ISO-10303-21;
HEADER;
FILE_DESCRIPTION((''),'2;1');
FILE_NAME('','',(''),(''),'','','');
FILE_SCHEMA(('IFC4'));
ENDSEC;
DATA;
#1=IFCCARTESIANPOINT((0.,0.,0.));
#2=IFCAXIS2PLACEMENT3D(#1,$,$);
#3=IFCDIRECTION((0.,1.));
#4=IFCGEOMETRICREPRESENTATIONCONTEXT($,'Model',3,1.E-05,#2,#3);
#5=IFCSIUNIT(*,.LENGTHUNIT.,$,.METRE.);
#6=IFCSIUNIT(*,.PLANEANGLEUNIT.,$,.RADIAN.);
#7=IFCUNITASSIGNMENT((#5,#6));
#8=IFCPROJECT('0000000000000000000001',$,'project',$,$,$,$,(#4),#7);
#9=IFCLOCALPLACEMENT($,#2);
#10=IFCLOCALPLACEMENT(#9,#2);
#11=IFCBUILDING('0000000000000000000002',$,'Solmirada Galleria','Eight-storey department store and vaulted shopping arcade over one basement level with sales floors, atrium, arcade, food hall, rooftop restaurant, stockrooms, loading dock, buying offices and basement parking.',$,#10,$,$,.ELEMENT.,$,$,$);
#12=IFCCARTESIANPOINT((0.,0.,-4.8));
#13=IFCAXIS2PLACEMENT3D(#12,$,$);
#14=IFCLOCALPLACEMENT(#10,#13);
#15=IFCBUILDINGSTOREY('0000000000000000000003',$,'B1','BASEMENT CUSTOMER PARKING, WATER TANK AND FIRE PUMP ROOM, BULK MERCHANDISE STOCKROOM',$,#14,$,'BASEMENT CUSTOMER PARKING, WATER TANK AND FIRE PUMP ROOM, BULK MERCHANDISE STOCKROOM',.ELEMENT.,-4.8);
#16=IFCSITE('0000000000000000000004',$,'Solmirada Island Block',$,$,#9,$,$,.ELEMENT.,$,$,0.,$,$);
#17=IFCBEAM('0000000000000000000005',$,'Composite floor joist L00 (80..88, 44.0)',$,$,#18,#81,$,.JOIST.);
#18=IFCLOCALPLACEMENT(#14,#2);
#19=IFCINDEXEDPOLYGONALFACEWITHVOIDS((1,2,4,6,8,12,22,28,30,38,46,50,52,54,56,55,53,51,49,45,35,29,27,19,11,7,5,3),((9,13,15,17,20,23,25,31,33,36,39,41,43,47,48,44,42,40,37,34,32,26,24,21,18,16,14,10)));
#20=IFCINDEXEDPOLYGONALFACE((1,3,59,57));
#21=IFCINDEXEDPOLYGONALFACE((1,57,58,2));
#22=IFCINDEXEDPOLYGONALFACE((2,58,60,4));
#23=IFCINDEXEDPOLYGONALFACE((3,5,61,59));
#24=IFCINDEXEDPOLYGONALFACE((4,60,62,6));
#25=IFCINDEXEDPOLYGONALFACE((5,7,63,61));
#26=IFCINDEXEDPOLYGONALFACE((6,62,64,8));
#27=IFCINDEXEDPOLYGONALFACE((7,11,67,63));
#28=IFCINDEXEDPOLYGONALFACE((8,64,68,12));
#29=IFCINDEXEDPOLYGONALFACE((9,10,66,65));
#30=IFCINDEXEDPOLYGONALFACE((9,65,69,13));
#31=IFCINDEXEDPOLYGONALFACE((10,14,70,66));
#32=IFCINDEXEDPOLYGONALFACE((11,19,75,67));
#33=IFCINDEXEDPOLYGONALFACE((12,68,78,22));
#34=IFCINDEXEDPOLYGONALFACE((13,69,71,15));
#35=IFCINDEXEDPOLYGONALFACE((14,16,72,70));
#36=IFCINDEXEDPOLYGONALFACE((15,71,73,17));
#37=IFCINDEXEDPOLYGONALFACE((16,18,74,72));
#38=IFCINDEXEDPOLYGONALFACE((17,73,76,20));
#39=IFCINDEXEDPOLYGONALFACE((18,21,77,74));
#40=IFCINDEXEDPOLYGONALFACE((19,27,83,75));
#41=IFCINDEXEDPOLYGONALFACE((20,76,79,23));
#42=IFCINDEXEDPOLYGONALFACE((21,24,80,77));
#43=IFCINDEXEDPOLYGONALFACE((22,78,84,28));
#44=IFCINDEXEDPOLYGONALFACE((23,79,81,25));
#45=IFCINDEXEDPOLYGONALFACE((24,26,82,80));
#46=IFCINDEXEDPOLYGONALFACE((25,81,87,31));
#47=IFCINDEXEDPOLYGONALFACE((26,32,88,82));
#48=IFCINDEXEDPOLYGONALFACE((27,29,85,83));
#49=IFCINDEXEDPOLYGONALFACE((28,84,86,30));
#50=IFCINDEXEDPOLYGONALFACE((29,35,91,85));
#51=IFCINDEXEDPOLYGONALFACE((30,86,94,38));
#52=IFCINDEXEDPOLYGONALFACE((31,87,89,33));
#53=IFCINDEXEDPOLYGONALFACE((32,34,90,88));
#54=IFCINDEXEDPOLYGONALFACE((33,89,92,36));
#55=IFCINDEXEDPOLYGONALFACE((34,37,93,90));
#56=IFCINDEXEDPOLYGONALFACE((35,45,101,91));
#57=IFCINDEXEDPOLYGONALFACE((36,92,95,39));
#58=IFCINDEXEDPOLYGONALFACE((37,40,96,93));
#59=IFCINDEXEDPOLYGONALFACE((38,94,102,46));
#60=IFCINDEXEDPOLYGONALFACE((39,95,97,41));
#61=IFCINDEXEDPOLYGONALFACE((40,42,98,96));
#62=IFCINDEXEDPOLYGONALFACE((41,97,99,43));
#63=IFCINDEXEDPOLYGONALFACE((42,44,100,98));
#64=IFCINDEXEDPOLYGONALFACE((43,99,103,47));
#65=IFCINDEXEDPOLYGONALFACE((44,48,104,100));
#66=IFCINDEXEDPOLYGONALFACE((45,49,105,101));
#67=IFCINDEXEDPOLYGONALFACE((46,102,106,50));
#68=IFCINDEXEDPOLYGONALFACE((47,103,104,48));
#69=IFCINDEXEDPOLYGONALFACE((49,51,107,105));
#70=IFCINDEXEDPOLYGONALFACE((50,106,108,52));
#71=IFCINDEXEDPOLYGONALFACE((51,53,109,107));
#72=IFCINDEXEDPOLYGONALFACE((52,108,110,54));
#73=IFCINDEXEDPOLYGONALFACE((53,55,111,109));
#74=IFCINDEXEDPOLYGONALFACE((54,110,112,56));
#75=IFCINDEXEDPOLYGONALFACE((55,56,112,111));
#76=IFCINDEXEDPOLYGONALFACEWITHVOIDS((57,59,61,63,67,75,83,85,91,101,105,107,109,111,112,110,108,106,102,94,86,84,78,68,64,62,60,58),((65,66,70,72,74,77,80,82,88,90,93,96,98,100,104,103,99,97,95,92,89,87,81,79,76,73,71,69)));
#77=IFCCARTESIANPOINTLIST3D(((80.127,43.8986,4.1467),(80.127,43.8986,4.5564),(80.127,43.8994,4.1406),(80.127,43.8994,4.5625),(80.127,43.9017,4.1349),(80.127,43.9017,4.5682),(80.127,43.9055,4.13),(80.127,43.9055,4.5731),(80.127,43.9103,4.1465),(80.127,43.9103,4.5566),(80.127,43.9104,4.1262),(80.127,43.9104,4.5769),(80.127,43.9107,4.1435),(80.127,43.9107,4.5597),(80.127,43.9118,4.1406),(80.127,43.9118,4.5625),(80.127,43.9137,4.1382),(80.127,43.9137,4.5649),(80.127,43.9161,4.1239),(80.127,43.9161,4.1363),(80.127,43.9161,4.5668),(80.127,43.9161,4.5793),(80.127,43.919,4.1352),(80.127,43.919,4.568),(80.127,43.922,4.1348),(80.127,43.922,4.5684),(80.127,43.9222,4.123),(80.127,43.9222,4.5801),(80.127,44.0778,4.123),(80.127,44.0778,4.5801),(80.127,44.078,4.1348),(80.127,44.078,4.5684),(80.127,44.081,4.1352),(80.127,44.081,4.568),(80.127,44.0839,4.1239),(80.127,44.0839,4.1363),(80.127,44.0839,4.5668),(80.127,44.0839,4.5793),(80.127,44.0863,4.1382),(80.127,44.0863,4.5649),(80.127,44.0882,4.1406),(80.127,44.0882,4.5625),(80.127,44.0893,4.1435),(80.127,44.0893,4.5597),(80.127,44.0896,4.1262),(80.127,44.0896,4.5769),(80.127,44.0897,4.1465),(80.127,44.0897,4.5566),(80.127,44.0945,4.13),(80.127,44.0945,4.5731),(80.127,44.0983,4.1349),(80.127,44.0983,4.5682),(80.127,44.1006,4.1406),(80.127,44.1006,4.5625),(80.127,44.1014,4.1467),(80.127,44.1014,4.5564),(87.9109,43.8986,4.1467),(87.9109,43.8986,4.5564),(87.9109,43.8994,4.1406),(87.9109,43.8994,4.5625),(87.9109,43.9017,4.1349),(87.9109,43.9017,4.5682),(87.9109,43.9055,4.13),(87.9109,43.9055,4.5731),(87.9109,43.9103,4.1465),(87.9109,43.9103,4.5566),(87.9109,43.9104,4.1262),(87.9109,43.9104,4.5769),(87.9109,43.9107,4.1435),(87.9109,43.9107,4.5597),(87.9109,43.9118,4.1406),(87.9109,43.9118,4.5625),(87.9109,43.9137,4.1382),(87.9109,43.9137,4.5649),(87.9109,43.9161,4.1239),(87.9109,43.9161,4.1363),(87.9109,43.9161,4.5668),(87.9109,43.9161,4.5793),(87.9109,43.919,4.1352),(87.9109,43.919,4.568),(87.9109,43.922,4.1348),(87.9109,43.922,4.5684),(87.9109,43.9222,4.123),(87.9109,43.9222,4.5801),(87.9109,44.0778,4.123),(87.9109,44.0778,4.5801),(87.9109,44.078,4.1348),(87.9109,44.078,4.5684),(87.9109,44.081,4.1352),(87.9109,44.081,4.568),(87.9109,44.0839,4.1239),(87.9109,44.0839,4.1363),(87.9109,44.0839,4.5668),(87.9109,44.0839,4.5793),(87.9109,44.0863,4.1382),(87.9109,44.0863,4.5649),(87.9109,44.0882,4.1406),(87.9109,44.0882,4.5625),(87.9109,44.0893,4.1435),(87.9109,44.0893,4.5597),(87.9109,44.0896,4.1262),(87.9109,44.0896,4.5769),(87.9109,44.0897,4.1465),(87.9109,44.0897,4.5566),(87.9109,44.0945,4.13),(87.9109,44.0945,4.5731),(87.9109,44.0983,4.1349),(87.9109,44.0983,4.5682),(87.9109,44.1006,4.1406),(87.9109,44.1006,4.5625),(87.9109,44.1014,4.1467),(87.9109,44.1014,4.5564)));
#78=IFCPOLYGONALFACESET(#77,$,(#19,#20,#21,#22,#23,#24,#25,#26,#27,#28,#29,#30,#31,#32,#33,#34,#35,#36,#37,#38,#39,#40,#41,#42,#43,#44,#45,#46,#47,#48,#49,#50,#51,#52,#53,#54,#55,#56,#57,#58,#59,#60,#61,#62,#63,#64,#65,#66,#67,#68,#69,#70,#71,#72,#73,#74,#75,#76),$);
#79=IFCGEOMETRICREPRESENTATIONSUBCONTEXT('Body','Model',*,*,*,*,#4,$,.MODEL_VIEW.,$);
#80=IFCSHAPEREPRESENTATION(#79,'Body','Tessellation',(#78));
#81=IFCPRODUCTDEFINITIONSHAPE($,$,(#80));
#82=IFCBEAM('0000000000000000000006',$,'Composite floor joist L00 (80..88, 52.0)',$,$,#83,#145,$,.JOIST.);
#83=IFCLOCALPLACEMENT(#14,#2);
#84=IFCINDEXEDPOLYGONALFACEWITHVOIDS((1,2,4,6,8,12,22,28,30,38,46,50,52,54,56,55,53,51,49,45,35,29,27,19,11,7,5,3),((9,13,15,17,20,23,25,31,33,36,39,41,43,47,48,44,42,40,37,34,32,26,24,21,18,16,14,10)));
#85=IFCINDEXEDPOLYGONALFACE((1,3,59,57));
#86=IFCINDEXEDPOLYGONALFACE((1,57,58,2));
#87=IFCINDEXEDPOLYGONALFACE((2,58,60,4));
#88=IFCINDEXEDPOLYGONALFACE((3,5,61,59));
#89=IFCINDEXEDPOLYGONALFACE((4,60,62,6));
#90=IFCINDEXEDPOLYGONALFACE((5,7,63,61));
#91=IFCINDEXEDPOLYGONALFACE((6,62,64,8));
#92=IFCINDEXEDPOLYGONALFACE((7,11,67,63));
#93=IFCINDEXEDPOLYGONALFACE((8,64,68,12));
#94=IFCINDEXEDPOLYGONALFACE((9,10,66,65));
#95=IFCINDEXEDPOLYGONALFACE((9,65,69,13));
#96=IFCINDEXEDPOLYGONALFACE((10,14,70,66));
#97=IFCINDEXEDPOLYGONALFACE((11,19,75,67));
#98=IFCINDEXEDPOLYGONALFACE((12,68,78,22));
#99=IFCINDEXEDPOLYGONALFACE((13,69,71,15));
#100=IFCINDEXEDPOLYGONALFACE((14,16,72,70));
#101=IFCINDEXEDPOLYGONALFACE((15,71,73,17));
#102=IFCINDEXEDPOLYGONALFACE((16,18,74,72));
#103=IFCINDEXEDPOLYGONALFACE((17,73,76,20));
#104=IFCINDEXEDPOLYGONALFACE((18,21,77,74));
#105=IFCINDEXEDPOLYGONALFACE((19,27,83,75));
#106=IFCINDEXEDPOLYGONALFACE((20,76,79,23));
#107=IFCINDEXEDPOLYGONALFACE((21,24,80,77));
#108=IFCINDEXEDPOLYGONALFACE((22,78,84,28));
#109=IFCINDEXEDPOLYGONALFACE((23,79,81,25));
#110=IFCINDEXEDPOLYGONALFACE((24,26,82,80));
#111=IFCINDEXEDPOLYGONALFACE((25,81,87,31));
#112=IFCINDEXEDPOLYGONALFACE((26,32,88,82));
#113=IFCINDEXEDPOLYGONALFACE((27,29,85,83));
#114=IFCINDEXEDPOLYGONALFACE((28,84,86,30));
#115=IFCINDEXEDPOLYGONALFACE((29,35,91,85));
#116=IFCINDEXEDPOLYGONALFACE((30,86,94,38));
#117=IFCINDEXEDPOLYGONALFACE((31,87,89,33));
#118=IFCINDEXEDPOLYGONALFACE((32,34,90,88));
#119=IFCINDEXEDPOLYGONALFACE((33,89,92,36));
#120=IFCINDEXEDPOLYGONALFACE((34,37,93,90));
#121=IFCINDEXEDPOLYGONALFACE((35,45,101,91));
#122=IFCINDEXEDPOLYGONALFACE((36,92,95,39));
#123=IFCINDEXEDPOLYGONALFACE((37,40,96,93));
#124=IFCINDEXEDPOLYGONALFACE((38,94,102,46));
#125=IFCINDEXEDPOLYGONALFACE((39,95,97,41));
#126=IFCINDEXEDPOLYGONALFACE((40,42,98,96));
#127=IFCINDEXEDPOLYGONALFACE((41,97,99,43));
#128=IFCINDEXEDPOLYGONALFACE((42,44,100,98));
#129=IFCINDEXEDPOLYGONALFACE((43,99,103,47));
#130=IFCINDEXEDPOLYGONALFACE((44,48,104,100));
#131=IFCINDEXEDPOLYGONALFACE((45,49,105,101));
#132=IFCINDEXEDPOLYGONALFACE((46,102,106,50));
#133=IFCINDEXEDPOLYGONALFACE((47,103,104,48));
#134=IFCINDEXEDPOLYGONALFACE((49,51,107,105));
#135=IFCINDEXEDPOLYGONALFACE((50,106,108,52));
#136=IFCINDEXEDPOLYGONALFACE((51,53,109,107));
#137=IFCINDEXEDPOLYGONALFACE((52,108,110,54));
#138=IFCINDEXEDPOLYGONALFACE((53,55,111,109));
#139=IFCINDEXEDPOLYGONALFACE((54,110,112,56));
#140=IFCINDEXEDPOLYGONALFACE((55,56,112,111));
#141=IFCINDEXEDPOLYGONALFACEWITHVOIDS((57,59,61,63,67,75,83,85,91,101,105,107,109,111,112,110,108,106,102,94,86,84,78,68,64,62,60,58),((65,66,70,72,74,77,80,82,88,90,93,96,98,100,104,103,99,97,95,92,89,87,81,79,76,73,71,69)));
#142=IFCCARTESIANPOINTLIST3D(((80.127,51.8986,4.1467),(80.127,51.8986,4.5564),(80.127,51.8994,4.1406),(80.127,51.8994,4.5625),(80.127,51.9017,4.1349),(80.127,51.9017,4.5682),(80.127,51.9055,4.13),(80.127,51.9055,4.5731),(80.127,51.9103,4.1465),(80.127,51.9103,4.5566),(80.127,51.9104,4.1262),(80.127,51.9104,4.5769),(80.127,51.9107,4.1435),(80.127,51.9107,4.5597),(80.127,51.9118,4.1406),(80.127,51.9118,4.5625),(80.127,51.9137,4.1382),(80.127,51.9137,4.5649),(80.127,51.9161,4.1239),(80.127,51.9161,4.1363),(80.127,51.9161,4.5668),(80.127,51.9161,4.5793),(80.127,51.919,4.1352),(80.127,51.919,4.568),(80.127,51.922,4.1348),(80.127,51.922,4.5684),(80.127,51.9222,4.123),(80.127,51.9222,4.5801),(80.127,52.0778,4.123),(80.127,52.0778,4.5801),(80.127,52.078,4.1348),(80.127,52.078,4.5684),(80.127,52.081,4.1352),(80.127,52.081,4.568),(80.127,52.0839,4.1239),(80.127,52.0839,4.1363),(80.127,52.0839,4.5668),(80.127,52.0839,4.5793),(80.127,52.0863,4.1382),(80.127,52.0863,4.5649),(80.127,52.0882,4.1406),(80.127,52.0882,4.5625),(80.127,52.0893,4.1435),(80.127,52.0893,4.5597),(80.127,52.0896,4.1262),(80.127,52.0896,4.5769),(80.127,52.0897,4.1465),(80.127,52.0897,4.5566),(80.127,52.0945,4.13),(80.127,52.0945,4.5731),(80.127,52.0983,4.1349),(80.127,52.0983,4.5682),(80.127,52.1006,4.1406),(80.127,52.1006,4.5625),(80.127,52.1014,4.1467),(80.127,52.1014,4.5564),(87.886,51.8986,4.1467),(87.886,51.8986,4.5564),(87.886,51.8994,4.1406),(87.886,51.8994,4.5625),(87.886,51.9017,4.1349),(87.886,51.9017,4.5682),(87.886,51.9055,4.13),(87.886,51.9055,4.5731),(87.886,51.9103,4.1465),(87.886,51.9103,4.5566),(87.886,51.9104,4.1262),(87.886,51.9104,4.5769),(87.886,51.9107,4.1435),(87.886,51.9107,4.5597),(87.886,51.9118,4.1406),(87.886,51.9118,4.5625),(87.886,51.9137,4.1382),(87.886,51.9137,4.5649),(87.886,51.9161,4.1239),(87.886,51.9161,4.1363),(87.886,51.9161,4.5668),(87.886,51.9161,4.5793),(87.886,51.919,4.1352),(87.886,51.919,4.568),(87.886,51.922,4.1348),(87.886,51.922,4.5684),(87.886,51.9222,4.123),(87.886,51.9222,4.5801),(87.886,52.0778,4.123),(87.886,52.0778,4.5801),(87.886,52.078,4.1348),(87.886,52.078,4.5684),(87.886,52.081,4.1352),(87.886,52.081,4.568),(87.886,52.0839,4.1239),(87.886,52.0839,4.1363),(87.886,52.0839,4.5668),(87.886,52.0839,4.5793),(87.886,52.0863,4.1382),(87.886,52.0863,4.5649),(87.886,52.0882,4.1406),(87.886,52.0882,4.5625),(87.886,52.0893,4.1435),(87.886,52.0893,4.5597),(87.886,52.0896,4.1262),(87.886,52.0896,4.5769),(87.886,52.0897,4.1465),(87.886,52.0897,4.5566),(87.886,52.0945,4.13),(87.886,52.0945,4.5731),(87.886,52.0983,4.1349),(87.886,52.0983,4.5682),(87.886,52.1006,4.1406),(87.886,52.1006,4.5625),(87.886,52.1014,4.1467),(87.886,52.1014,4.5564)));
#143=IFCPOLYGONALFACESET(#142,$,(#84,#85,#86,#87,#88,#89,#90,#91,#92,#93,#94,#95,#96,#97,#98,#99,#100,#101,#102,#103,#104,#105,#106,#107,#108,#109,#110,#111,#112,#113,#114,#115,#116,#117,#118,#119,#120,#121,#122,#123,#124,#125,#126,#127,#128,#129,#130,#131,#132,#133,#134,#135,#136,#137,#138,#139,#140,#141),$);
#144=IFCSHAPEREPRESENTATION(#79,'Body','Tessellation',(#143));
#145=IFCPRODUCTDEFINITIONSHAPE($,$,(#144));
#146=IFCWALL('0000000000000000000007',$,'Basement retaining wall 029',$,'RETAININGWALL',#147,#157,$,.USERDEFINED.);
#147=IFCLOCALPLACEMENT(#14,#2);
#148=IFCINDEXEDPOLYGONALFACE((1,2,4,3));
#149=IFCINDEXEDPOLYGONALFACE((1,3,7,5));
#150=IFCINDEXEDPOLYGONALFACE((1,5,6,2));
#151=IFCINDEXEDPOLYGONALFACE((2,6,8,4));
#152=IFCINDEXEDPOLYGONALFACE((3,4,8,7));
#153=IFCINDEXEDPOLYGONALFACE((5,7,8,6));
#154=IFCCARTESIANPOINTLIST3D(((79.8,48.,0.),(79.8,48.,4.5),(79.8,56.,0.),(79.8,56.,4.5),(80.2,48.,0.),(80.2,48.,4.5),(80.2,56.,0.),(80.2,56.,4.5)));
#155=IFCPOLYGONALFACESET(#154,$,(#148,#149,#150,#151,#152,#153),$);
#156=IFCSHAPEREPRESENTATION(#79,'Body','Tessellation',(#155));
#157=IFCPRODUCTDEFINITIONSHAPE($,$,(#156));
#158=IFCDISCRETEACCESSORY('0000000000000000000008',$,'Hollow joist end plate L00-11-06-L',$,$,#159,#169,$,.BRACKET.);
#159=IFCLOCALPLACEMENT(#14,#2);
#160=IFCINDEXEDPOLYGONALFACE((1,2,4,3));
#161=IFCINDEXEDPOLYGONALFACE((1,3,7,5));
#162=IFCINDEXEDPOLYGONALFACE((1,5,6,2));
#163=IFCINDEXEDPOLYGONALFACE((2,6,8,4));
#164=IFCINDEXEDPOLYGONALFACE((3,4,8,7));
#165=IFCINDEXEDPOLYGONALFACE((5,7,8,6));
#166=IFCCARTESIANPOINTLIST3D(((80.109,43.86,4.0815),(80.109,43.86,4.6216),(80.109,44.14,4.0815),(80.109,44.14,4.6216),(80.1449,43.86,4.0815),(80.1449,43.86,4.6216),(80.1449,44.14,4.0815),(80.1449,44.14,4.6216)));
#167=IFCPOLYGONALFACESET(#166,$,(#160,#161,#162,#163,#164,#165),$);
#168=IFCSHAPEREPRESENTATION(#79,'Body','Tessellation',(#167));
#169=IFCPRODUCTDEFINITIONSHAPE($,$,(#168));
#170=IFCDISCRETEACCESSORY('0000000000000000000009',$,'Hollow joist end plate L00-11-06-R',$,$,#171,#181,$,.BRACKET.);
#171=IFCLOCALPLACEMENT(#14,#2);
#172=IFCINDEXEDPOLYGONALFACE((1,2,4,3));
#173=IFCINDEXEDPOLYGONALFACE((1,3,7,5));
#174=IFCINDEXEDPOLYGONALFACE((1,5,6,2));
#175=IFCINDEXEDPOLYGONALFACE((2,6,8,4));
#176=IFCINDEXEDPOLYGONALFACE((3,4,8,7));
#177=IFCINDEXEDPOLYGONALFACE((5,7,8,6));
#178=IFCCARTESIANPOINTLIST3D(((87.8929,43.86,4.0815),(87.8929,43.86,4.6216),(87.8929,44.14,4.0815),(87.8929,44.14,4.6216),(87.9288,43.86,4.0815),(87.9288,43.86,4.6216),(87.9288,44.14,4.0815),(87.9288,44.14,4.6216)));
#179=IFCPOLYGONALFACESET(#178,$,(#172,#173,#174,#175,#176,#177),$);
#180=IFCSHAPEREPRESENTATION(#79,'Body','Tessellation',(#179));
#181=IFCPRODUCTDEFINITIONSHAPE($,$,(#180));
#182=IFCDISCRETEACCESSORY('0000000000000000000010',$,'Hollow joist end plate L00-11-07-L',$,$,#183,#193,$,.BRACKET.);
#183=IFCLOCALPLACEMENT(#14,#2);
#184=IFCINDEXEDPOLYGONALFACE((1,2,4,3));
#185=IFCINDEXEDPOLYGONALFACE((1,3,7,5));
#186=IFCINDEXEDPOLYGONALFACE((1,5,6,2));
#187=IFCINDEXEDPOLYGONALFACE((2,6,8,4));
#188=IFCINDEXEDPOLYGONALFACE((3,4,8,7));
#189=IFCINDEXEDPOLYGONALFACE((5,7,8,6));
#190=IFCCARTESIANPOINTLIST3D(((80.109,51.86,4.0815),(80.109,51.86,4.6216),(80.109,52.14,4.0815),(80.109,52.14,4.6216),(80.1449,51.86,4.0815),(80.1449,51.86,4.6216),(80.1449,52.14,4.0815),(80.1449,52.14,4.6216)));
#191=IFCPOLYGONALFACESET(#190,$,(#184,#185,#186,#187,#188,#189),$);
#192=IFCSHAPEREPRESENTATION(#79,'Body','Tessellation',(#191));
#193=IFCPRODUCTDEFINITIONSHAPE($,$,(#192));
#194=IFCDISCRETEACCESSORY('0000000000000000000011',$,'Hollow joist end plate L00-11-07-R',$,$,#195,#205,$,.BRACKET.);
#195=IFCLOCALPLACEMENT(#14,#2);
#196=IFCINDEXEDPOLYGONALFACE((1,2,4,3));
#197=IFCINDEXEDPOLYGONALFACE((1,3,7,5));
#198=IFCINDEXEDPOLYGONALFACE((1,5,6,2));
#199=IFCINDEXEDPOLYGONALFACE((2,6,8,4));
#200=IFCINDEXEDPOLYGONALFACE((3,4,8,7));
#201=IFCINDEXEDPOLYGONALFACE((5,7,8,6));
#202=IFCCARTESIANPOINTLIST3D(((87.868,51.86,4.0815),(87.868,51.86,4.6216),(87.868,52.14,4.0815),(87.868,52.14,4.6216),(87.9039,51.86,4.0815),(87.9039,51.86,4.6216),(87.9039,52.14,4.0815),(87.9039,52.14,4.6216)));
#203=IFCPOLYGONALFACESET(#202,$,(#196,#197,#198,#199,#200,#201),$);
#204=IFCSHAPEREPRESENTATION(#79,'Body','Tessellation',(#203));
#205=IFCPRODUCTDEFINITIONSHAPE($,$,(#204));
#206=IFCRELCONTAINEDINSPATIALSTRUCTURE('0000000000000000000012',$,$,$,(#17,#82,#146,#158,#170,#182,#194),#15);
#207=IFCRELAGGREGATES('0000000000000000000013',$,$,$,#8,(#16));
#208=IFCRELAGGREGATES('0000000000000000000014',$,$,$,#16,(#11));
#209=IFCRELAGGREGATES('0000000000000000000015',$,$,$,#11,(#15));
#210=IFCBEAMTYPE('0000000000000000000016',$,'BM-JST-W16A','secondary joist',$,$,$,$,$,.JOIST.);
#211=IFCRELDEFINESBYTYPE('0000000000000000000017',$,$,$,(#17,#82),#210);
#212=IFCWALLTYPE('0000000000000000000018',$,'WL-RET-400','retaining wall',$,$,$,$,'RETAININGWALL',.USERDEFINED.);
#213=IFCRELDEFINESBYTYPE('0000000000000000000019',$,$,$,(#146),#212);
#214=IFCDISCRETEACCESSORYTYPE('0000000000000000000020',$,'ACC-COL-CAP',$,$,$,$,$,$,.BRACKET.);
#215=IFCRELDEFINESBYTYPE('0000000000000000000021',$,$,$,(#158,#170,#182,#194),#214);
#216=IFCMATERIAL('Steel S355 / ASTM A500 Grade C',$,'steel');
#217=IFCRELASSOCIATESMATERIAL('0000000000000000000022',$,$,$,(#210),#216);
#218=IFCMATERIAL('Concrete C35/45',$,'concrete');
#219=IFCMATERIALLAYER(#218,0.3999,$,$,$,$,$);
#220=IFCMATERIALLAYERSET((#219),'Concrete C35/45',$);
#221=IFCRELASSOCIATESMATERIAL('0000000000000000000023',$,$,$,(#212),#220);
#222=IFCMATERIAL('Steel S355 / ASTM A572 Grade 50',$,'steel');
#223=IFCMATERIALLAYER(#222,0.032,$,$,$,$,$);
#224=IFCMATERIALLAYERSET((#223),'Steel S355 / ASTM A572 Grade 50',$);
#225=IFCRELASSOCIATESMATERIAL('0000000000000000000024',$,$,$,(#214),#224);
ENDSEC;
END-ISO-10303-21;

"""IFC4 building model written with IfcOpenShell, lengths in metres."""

from ifc_helpers import new_model, si_unit, direction, frame, frame_2d, origin, origin_2d, place, context, subcontext, project, spatial, rectangle, hollow_rectangle, extrude, material, layer, layer_set, material_profile, profile_set, type_object, element, save


model = new_model("IFC4")

# Units and contexts
model_context = context("Model", 3, precision=1e-05, world=origin(), true_north=direction((0.0, 1.0)))
body_context = subcontext(model_context, "Body", "Model", "MODEL_VIEW")
ifc_project = project(units=[si_unit("LENGTHUNIT", "METRE"), si_unit("PLANEANGLEUNIT", "RADIAN")], contexts=[model_context])

# Site, building, storey
site_placement = place(None, origin())
site = spatial("IfcSite", under=ifc_project, at=site_placement, Name="Solmirada Island Block", CompositionType="ELEMENT", RefElevation=0.0)
building_placement = place(site_placement, origin())
building = spatial("IfcBuilding", under=site, at=building_placement, Name="Solmirada Galleria", Description="Eight-storey department store and vaulted shopping arcade over one basement level with sales floors, atrium, arcade, food hall, rooftop restaurant, stockrooms, loading dock, buying offices and basement parking.", CompositionType="ELEMENT")
storey_placement = place(building_placement, frame((0.0, 0.0, -4.8)))
storey = spatial("IfcBuildingStorey", under=building, at=storey_placement, Name="B1", Description="BASEMENT CUSTOMER PARKING, WATER TANK AND FIRE PUMP ROOM, BULK MERCHANDISE STOCKROOM", LongName="BASEMENT CUSTOMER PARKING, WATER TANK AND FIRE PUMP ROOM, BULK MERCHANDISE STOCKROOM", CompositionType="ELEMENT", Elevation=-4.8)

# Shared definitions
ifc_material_1 = material(Name="Concrete C35/45", Category="concrete")

# Beams
ifc_material_2 = material(Name="Steel S355 / ASTM A500 Grade C", Category="steel")
ifc_material_profile_1 = material_profile(ifc_material_2, hollow_rectangle(XDim=0.2029, YDim=0.457, WallThickness=0.0117, InnerFilletRadius=0.0117, OuterFilletRadius=0.0237, at=origin_2d()), Name="HSS18X8X1/2")
ifc_profile_set_1 = profile_set([ifc_material_profile_1], Name="Steel S355 / ASTM A500 Grade C")
beam_type_1 = type_object("IfcBeamType", Name="BM-JST-W16A", Description="secondary joist", PredefinedType="JOIST", material=ifc_profile_set_1)
beam_1_placement = place(storey_placement, frame((80.127, 44.0, 4.3516), z_axis=(1.0, 0.0, 0.0), x_axis=(0.0, 1.0, 0.0)))
element("IfcBeam", 1, at=beam_1_placement, inside=storey, type_object=beam_type_1, Name="Composite floor joist L00 (80..88, 44.0)", PredefinedType="JOIST", context=body_context, shape_type="SweptSolid", body=[
    extrude(hollow_rectangle(XDim=0.2029, YDim=0.457, WallThickness=0.0117, InnerFilletRadius=0.0117, OuterFilletRadius=0.0237, at=origin_2d()), origin(), (0.0, 0.0, 1.0), 7.7839),
])
beam_2_placement = place(storey_placement, frame((80.127, 52.0, 4.3516), z_axis=(1.0, 0.0, 0.0), x_axis=(0.0, 1.0, 0.0)))
element("IfcBeam", 2, at=beam_2_placement, inside=storey, type_object=beam_type_1, Name="Composite floor joist L00 (80..88, 52.0)", PredefinedType="JOIST", context=body_context, shape_type="SweptSolid", body=[
    extrude(hollow_rectangle(XDim=0.2029, YDim=0.457, WallThickness=0.0117, InnerFilletRadius=0.0117, OuterFilletRadius=0.0237, at=origin_2d()), origin(), (0.0, 0.0, 1.0), 7.759),
])

# Wall
ifc_layer_1 = layer(ifc_material_1, 0.3999)
ifc_layer_set_1 = layer_set([ifc_layer_1], Name="Concrete C35/45")
wall_type = type_object("IfcWallType", Name="WL-RET-400", Description="retaining wall", ElementType="RETAININGWALL", PredefinedType="USERDEFINED", material=ifc_layer_set_1)
wall_placement = place(storey_placement, frame((80.0, 48.0, 0.0), z_axis=(0.0, 0.0, 1.0), x_axis=(0.0, 1.0, 0.0)))
element("IfcWall", 3, at=wall_placement, inside=storey, type_object=wall_type, Name="Basement retaining wall 029", ObjectType="RETAININGWALL", PredefinedType="USERDEFINED", context=body_context, shape_type="SweptSolid", body=[
    extrude(rectangle(XDim=8.0, YDim=0.3999, at=frame_2d((4.0, 0.0))), origin(), (0.0, 0.0, 1.0), 4.5),
])

# Discrete accessories
ifc_material_3 = material(Name="Steel S355 / ASTM A572 Grade 50", Category="steel")
ifc_layer_2 = layer(ifc_material_3, 0.032)
ifc_layer_set_2 = layer_set([ifc_layer_2], Name="Steel S355 / ASTM A572 Grade 50")
discrete_accessory_type = type_object("IfcDiscreteAccessoryType", Name="ACC-COL-CAP", PredefinedType="BRACKET", material=ifc_layer_set_2)
for number, where, z_axis, x_axis, name in (
    (4, (80.127, 44.0, 4.0815), (0.0, 0.0, 1.0), (1.0, 0.0, 0.0), "Hollow joist end plate L00-11-06-L"),
    (5, (87.9109, 44.0, 4.0815), (0.0, 0.0, 1.0), (1.0, 0.0, 0.0), "Hollow joist end plate L00-11-06-R"),
    (6, (80.127, 52.0, 4.0815), (0.0, 0.0, 1.0), (1.0, 0.0, 0.0), "Hollow joist end plate L00-11-07-L"),
    (7, (87.886, 52.0, 4.0815), (0.0, 0.0, 1.0), (1.0, 0.0, 0.0), "Hollow joist end plate L00-11-07-R"),
):
    element("IfcDiscreteAccessory", number, at=place(storey_placement, frame(where, z_axis=z_axis, x_axis=x_axis)), inside=storey, type_object=discrete_accessory_type, Name=name, PredefinedType="BRACKET", context=body_context, shape_type="SweptSolid", body=[
        extrude(rectangle(XDim=0.0359, YDim=0.28, at=origin_2d()), origin(), (0.0, 0.0, 1.0), 0.54),
    ])

save(model, "model.ifc")
